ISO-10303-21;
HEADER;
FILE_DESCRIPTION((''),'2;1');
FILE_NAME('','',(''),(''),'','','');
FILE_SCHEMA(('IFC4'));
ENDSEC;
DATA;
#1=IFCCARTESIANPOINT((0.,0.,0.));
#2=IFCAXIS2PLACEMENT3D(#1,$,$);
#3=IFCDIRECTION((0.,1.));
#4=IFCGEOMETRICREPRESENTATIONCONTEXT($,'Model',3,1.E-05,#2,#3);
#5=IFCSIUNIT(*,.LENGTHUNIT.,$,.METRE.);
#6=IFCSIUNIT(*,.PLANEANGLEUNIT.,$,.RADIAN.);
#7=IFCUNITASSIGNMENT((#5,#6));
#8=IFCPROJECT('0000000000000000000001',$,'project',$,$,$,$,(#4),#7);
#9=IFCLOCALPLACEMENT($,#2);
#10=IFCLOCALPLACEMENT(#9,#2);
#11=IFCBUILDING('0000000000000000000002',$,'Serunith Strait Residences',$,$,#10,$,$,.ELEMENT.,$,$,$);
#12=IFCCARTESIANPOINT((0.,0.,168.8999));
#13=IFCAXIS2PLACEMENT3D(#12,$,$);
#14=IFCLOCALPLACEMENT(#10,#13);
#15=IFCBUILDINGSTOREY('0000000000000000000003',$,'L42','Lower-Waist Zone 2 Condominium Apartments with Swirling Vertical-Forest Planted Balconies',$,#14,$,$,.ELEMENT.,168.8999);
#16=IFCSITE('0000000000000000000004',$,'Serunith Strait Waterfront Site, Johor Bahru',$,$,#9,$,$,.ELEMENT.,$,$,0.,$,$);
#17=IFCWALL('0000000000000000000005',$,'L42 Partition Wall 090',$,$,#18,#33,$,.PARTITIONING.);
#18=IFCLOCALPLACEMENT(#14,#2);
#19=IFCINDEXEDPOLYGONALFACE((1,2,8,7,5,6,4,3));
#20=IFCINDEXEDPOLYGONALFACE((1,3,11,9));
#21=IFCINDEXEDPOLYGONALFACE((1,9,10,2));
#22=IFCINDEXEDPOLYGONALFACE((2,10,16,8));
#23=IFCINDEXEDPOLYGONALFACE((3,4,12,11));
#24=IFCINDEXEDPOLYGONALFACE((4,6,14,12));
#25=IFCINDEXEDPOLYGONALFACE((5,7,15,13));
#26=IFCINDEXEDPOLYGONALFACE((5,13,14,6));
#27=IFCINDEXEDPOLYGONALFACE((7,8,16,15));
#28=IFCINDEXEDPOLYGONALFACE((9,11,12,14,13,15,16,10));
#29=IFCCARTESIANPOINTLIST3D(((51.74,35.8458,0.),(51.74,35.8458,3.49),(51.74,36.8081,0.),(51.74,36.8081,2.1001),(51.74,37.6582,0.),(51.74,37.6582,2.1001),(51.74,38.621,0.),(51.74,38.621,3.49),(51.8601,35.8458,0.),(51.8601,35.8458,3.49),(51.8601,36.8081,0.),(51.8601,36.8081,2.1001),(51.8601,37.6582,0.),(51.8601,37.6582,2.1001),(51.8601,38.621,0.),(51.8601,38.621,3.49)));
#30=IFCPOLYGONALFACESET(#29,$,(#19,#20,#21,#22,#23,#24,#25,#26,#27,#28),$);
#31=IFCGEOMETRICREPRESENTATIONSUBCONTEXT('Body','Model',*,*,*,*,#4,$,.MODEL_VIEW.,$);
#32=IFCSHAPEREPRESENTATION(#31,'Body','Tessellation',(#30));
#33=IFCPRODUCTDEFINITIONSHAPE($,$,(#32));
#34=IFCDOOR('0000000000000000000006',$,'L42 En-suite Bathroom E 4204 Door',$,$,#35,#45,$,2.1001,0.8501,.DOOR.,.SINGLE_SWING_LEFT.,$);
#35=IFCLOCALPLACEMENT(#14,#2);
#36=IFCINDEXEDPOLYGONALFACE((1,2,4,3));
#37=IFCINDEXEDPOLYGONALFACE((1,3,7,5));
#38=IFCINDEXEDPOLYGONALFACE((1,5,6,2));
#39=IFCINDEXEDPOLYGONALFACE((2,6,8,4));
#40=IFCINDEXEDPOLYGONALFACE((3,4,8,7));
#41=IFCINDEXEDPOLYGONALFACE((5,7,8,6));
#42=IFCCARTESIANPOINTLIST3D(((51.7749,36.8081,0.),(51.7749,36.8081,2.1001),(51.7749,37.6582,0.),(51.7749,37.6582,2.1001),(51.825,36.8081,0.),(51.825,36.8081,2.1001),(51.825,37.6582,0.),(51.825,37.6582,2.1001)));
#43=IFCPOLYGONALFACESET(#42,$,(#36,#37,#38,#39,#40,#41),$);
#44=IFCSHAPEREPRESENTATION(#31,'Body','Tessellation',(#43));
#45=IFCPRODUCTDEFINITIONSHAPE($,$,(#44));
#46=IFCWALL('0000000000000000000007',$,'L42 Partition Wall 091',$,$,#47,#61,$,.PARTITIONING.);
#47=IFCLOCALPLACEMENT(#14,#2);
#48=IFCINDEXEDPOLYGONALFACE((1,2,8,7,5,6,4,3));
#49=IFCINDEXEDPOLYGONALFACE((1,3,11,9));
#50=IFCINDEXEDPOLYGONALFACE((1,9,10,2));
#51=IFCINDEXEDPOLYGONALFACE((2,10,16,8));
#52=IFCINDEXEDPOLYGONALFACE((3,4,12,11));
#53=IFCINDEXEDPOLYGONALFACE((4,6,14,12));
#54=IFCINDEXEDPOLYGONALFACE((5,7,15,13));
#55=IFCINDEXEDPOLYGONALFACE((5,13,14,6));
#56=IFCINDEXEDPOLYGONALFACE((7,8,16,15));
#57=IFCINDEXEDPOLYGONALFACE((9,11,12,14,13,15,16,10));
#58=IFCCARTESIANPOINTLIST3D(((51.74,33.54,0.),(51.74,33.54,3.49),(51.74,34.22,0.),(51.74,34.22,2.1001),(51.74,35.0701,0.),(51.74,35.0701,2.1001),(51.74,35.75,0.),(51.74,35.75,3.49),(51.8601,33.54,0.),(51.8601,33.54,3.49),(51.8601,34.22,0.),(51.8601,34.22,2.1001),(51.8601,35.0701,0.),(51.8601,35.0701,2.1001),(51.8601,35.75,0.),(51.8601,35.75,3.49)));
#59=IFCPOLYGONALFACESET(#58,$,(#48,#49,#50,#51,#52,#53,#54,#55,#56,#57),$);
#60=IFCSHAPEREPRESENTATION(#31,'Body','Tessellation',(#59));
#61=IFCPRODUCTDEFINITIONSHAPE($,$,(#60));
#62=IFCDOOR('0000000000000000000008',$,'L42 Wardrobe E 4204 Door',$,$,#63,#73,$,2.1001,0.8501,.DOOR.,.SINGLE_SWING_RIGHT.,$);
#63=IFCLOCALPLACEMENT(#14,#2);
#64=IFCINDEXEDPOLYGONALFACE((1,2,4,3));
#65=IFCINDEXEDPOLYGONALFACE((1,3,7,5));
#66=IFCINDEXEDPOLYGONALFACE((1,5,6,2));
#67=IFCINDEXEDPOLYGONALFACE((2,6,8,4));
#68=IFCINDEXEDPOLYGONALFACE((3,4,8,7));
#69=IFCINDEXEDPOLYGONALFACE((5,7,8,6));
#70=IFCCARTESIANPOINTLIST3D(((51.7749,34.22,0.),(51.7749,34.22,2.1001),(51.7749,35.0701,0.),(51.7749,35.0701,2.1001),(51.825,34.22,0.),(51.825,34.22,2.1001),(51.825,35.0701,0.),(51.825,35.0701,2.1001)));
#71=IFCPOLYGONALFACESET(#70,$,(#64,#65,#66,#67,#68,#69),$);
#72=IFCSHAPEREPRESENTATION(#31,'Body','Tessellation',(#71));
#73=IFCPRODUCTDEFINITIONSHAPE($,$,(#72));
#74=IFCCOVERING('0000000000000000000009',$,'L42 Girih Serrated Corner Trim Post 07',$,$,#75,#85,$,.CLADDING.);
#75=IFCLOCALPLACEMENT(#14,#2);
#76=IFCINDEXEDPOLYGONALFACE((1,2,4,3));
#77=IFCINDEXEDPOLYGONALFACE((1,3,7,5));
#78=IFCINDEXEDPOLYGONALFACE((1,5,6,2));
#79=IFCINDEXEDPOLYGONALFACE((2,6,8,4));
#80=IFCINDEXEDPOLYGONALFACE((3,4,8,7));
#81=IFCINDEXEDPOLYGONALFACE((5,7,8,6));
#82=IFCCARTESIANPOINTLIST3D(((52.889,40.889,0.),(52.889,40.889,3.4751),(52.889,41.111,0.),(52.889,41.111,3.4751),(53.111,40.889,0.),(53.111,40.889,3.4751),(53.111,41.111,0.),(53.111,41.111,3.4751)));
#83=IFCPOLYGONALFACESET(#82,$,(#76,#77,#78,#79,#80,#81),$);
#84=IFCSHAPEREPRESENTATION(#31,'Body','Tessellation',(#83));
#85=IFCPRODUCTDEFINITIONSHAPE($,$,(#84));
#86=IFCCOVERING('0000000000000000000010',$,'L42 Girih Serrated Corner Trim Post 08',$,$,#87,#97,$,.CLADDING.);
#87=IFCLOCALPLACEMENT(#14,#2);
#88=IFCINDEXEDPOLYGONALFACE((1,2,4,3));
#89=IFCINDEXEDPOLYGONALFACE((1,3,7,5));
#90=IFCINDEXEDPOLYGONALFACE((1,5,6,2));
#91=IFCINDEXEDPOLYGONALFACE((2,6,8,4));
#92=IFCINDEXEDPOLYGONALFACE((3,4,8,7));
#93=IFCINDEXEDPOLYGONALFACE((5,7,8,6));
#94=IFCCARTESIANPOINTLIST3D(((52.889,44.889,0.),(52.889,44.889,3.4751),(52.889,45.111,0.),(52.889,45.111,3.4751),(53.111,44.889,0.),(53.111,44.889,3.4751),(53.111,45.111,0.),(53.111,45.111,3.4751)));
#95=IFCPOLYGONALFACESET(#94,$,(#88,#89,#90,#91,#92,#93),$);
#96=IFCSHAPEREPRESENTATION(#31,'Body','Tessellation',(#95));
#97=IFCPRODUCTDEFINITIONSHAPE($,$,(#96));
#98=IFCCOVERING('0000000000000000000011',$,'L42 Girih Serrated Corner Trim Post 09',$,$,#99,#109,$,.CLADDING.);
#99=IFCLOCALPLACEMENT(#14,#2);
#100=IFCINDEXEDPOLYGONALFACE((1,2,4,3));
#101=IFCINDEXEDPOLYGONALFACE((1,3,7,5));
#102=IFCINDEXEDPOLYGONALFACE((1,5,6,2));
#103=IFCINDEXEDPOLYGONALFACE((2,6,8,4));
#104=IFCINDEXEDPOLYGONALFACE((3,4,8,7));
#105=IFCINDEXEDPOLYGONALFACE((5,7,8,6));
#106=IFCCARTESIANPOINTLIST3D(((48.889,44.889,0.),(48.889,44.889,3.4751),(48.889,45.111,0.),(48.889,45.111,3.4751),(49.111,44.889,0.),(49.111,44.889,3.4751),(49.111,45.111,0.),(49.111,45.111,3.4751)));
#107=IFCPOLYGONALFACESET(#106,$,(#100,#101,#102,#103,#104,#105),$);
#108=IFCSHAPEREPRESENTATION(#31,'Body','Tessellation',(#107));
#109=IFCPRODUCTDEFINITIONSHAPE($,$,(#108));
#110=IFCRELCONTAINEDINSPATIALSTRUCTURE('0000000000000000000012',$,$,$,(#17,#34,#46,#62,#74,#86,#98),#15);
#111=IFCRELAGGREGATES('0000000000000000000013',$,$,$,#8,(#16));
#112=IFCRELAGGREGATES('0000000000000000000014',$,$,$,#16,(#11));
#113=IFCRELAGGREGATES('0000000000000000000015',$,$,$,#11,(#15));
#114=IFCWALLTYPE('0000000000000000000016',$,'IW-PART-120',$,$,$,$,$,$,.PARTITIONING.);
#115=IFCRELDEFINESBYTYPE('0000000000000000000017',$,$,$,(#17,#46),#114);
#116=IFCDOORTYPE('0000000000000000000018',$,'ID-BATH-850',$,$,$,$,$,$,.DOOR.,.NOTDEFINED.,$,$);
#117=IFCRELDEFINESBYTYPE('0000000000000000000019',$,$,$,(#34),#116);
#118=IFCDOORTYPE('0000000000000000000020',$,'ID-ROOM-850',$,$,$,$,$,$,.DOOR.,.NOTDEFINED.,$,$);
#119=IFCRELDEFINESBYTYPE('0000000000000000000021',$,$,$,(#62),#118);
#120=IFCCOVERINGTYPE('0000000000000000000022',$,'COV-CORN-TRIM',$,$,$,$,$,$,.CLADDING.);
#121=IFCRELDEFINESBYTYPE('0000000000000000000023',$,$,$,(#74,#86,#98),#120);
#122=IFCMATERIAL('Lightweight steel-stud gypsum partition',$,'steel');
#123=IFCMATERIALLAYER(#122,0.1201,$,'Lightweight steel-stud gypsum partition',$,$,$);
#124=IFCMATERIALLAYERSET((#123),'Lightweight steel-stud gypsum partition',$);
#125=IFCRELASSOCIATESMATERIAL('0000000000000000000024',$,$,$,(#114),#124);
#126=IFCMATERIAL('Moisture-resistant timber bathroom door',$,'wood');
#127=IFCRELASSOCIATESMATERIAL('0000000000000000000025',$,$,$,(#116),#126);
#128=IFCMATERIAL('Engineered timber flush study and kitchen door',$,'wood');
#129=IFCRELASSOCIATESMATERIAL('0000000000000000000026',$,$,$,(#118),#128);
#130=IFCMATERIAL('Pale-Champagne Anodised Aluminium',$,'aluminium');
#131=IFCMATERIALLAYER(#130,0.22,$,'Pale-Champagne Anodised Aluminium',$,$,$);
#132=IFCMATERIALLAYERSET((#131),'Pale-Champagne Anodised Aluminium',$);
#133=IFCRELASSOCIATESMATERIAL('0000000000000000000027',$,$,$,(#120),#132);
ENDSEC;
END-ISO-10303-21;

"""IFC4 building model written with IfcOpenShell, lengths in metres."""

from ifc_helpers import new_model, si_unit, direction, frame, frame_2d, origin, origin_2d, place, context, subcontext, project, spatial, rectangle, extrude, source, transform, mapped, material, layer, layer_set, type_object, element, fill, save


model = new_model("IFC4")

# Units and contexts
model_context = context("Model", 3, precision=1e-05, world=origin(), true_north=direction((0.0, 1.0)))
body_context = subcontext(model_context, "Body", "Model", "MODEL_VIEW")
ifc_project = project(units=[si_unit("LENGTHUNIT", "METRE"), si_unit("PLANEANGLEUNIT", "RADIAN")], contexts=[model_context])

# Site, building, storey
site_placement = place(None, origin())
site = spatial("IfcSite", under=ifc_project, at=site_placement, Name="Serunith Strait Waterfront Site, Johor Bahru", CompositionType="ELEMENT", RefElevation=0.0)
building_placement = place(site_placement, origin())
building = spatial("IfcBuilding", under=site, at=building_placement, Name="Serunith Strait Residences", CompositionType="ELEMENT")
storey_placement = place(building_placement, frame((0.0, 0.0, 168.8999)))
storey = spatial("IfcBuildingStorey", under=building, at=storey_placement, Name="L42", Description="Lower-Waist Zone 2 Condominium Apartments with Swirling Vertical-Forest Planted Balconies", CompositionType="ELEMENT", Elevation=168.8999)

# Shared definitions
ifc_material_1 = material(Name="Pale-Champagne Anodised Aluminium", Category="aluminium")

# Shared definitions
ifc_material_2 = material(Name="Lightweight steel-stud gypsum partition", Category="steel")
ifc_layer_1 = layer(ifc_material_2, 0.1201, Name="Lightweight steel-stud gypsum partition")
ifc_layer_set_1 = layer_set([ifc_layer_1], Name="Lightweight steel-stud gypsum partition")
wall_type_1 = type_object("IfcWallType", Name="IW-PART-120", PredefinedType="PARTITIONING", material=ifc_layer_set_1)

# Walls, openings, doors
wall_1_placement = place(storey_placement, frame((51.8, 38.6211, 0.0), z_axis=(0.0, 0.0, 1.0), x_axis=(0.0, -1.0, 0.0)))
wall_1 = element("IfcWall", 1, at=wall_1_placement, inside=storey, type_object=wall_type_1, Name="L42 Partition Wall 090", PredefinedType="PARTITIONING", context=body_context, shape_type="SweptSolid", body=[
    extrude(rectangle(XDim=2.7751, YDim=0.1201, at=frame_2d((1.3877, 0.0))), origin(), (0.0, 0.0, 1.0), 3.49),
])
opening_1_placement = place(wall_1_placement, frame((0.9629, 0.0, 0.0)))
opening_1 = element("IfcOpeningElement", 2, at=opening_1_placement, cuts=wall_1, PredefinedType="OPENING", context=body_context, shape_type="SweptSolid", body=[
    extrude(rectangle(XDim=0.8501, YDim=2.1001, at=frame_2d((0.425, 1.05))), frame((0.0, 0.0701, 0.0), z_axis=(0.0, -1.0, 0.0), x_axis=(1.0, 0.0, 0.0)), (0.0, 0.0, 1.0), 0.1401),
])
ifc_material_3 = material(Name="Moisture-resistant timber bathroom door", Category="wood")
door_type_1 = type_object("IfcDoorType", Name="ID-BATH-850", OperationType="NOTDEFINED", PredefinedType="DOOR", material=ifc_material_3)
shared_shape_1 = source(origin(), body_context, "Body", "SweptSolid", [
    extrude(rectangle(XDim=0.8501, YDim=2.1001, at=frame_2d((0.425, 1.05))), frame((0.0, 0.0249, 0.0), z_axis=(0.0, -1.0, 0.0), x_axis=(1.0, 0.0, 0.0)), (0.0, 0.0, 1.0), 0.05),
])
door_1_placement = place(opening_1_placement, origin())
door_1 = element("IfcDoor", 3, at=door_1_placement, inside=storey, type_object=door_type_1, Name="L42 En-suite Bathroom E 4204 Door", OperationType="SINGLE_SWING_LEFT", OverallHeight=2.1001, OverallWidth=0.8501, PredefinedType="DOOR", context=body_context, shape_type="MappedRepresentation", body=[
    mapped(shared_shape_1, transform((0.0, 0.0, 0.0), scale=1.0)),
])
fill(opening_1, door_1)
wall_2_placement = place(storey_placement, frame((51.8, 35.75, 0.0), z_axis=(0.0, 0.0, 1.0), x_axis=(0.0, -1.0, 0.0)))
wall_2 = element("IfcWall", 4, at=wall_2_placement, inside=storey, type_object=wall_type_1, Name="L42 Partition Wall 091", PredefinedType="PARTITIONING", context=body_context, shape_type="SweptSolid", body=[
    extrude(rectangle(XDim=2.21, YDim=0.1201, at=frame_2d((1.105, 0.0))), origin(), (0.0, 0.0, 1.0), 3.49),
])
opening_2_placement = place(wall_2_placement, frame((0.6799, 0.0, 0.0)))
opening_2 = element("IfcOpeningElement", 5, at=opening_2_placement, cuts=wall_2, PredefinedType="OPENING", context=body_context, shape_type="SweptSolid", body=[
    extrude(rectangle(XDim=0.8501, YDim=2.1001, at=frame_2d((0.425, 1.05))), frame((0.0, 0.0701, 0.0), z_axis=(0.0, -1.0, 0.0), x_axis=(1.0, 0.0, 0.0)), (0.0, 0.0, 1.0), 0.1401),
])
ifc_material_4 = material(Name="Engineered timber flush study and kitchen door", Category="wood")
door_type_2 = type_object("IfcDoorType", Name="ID-ROOM-850", OperationType="NOTDEFINED", PredefinedType="DOOR", material=ifc_material_4)
door_2_placement = place(opening_2_placement, origin())
door_2 = element("IfcDoor", 6, at=door_2_placement, inside=storey, type_object=door_type_2, Name="L42 Wardrobe E 4204 Door", OperationType="SINGLE_SWING_RIGHT", OverallHeight=2.1001, OverallWidth=0.8501, PredefinedType="DOOR", context=body_context, shape_type="MappedRepresentation", body=[
    mapped(shared_shape_1, transform((0.0, 0.0, 0.0), scale=1.0)),
])
fill(opening_2, door_2)

# Coverings
ifc_layer_2 = layer(ifc_material_1, 0.22, Name="Pale-Champagne Anodised Aluminium")
ifc_layer_set_2 = layer_set([ifc_layer_2], Name="Pale-Champagne Anodised Aluminium")
covering_type = type_object("IfcCoveringType", Name="COV-CORN-TRIM", PredefinedType="CLADDING", material=ifc_layer_set_2)
shared_shape_2 = source(origin(), body_context, "Body", "SweptSolid", [
    extrude(rectangle(XDim=0.2219, YDim=0.2219, at=origin_2d()), origin(), (0.0, 0.0, 1.0), 3.4751),
])
for number, where, z_axis, x_axis, name in (
    (7, (53.0, 41.0, 0.0), (0.0, 0.0, 1.0), (1.0, 0.0, 0.0), "L42 Girih Serrated Corner Trim Post 07"),
    (8, (53.0, 45.0, 0.0), (0.0, 0.0, 1.0), (1.0, 0.0, 0.0), "L42 Girih Serrated Corner Trim Post 08"),
    (9, (49.0, 45.0, 0.0), (0.0, 0.0, 1.0), (1.0, 0.0, 0.0), "L42 Girih Serrated Corner Trim Post 09"),
):
    element("IfcCovering", number, at=place(storey_placement, frame(where, z_axis=z_axis, x_axis=x_axis)), inside=storey, type_object=covering_type, Name=name, PredefinedType="CLADDING", context=body_context, shape_type="MappedRepresentation", body=[
        mapped(shared_shape_2, transform((0.0, 0.0, 0.0), scale=1.0)),
    ])

save(model, "model.ifc")
